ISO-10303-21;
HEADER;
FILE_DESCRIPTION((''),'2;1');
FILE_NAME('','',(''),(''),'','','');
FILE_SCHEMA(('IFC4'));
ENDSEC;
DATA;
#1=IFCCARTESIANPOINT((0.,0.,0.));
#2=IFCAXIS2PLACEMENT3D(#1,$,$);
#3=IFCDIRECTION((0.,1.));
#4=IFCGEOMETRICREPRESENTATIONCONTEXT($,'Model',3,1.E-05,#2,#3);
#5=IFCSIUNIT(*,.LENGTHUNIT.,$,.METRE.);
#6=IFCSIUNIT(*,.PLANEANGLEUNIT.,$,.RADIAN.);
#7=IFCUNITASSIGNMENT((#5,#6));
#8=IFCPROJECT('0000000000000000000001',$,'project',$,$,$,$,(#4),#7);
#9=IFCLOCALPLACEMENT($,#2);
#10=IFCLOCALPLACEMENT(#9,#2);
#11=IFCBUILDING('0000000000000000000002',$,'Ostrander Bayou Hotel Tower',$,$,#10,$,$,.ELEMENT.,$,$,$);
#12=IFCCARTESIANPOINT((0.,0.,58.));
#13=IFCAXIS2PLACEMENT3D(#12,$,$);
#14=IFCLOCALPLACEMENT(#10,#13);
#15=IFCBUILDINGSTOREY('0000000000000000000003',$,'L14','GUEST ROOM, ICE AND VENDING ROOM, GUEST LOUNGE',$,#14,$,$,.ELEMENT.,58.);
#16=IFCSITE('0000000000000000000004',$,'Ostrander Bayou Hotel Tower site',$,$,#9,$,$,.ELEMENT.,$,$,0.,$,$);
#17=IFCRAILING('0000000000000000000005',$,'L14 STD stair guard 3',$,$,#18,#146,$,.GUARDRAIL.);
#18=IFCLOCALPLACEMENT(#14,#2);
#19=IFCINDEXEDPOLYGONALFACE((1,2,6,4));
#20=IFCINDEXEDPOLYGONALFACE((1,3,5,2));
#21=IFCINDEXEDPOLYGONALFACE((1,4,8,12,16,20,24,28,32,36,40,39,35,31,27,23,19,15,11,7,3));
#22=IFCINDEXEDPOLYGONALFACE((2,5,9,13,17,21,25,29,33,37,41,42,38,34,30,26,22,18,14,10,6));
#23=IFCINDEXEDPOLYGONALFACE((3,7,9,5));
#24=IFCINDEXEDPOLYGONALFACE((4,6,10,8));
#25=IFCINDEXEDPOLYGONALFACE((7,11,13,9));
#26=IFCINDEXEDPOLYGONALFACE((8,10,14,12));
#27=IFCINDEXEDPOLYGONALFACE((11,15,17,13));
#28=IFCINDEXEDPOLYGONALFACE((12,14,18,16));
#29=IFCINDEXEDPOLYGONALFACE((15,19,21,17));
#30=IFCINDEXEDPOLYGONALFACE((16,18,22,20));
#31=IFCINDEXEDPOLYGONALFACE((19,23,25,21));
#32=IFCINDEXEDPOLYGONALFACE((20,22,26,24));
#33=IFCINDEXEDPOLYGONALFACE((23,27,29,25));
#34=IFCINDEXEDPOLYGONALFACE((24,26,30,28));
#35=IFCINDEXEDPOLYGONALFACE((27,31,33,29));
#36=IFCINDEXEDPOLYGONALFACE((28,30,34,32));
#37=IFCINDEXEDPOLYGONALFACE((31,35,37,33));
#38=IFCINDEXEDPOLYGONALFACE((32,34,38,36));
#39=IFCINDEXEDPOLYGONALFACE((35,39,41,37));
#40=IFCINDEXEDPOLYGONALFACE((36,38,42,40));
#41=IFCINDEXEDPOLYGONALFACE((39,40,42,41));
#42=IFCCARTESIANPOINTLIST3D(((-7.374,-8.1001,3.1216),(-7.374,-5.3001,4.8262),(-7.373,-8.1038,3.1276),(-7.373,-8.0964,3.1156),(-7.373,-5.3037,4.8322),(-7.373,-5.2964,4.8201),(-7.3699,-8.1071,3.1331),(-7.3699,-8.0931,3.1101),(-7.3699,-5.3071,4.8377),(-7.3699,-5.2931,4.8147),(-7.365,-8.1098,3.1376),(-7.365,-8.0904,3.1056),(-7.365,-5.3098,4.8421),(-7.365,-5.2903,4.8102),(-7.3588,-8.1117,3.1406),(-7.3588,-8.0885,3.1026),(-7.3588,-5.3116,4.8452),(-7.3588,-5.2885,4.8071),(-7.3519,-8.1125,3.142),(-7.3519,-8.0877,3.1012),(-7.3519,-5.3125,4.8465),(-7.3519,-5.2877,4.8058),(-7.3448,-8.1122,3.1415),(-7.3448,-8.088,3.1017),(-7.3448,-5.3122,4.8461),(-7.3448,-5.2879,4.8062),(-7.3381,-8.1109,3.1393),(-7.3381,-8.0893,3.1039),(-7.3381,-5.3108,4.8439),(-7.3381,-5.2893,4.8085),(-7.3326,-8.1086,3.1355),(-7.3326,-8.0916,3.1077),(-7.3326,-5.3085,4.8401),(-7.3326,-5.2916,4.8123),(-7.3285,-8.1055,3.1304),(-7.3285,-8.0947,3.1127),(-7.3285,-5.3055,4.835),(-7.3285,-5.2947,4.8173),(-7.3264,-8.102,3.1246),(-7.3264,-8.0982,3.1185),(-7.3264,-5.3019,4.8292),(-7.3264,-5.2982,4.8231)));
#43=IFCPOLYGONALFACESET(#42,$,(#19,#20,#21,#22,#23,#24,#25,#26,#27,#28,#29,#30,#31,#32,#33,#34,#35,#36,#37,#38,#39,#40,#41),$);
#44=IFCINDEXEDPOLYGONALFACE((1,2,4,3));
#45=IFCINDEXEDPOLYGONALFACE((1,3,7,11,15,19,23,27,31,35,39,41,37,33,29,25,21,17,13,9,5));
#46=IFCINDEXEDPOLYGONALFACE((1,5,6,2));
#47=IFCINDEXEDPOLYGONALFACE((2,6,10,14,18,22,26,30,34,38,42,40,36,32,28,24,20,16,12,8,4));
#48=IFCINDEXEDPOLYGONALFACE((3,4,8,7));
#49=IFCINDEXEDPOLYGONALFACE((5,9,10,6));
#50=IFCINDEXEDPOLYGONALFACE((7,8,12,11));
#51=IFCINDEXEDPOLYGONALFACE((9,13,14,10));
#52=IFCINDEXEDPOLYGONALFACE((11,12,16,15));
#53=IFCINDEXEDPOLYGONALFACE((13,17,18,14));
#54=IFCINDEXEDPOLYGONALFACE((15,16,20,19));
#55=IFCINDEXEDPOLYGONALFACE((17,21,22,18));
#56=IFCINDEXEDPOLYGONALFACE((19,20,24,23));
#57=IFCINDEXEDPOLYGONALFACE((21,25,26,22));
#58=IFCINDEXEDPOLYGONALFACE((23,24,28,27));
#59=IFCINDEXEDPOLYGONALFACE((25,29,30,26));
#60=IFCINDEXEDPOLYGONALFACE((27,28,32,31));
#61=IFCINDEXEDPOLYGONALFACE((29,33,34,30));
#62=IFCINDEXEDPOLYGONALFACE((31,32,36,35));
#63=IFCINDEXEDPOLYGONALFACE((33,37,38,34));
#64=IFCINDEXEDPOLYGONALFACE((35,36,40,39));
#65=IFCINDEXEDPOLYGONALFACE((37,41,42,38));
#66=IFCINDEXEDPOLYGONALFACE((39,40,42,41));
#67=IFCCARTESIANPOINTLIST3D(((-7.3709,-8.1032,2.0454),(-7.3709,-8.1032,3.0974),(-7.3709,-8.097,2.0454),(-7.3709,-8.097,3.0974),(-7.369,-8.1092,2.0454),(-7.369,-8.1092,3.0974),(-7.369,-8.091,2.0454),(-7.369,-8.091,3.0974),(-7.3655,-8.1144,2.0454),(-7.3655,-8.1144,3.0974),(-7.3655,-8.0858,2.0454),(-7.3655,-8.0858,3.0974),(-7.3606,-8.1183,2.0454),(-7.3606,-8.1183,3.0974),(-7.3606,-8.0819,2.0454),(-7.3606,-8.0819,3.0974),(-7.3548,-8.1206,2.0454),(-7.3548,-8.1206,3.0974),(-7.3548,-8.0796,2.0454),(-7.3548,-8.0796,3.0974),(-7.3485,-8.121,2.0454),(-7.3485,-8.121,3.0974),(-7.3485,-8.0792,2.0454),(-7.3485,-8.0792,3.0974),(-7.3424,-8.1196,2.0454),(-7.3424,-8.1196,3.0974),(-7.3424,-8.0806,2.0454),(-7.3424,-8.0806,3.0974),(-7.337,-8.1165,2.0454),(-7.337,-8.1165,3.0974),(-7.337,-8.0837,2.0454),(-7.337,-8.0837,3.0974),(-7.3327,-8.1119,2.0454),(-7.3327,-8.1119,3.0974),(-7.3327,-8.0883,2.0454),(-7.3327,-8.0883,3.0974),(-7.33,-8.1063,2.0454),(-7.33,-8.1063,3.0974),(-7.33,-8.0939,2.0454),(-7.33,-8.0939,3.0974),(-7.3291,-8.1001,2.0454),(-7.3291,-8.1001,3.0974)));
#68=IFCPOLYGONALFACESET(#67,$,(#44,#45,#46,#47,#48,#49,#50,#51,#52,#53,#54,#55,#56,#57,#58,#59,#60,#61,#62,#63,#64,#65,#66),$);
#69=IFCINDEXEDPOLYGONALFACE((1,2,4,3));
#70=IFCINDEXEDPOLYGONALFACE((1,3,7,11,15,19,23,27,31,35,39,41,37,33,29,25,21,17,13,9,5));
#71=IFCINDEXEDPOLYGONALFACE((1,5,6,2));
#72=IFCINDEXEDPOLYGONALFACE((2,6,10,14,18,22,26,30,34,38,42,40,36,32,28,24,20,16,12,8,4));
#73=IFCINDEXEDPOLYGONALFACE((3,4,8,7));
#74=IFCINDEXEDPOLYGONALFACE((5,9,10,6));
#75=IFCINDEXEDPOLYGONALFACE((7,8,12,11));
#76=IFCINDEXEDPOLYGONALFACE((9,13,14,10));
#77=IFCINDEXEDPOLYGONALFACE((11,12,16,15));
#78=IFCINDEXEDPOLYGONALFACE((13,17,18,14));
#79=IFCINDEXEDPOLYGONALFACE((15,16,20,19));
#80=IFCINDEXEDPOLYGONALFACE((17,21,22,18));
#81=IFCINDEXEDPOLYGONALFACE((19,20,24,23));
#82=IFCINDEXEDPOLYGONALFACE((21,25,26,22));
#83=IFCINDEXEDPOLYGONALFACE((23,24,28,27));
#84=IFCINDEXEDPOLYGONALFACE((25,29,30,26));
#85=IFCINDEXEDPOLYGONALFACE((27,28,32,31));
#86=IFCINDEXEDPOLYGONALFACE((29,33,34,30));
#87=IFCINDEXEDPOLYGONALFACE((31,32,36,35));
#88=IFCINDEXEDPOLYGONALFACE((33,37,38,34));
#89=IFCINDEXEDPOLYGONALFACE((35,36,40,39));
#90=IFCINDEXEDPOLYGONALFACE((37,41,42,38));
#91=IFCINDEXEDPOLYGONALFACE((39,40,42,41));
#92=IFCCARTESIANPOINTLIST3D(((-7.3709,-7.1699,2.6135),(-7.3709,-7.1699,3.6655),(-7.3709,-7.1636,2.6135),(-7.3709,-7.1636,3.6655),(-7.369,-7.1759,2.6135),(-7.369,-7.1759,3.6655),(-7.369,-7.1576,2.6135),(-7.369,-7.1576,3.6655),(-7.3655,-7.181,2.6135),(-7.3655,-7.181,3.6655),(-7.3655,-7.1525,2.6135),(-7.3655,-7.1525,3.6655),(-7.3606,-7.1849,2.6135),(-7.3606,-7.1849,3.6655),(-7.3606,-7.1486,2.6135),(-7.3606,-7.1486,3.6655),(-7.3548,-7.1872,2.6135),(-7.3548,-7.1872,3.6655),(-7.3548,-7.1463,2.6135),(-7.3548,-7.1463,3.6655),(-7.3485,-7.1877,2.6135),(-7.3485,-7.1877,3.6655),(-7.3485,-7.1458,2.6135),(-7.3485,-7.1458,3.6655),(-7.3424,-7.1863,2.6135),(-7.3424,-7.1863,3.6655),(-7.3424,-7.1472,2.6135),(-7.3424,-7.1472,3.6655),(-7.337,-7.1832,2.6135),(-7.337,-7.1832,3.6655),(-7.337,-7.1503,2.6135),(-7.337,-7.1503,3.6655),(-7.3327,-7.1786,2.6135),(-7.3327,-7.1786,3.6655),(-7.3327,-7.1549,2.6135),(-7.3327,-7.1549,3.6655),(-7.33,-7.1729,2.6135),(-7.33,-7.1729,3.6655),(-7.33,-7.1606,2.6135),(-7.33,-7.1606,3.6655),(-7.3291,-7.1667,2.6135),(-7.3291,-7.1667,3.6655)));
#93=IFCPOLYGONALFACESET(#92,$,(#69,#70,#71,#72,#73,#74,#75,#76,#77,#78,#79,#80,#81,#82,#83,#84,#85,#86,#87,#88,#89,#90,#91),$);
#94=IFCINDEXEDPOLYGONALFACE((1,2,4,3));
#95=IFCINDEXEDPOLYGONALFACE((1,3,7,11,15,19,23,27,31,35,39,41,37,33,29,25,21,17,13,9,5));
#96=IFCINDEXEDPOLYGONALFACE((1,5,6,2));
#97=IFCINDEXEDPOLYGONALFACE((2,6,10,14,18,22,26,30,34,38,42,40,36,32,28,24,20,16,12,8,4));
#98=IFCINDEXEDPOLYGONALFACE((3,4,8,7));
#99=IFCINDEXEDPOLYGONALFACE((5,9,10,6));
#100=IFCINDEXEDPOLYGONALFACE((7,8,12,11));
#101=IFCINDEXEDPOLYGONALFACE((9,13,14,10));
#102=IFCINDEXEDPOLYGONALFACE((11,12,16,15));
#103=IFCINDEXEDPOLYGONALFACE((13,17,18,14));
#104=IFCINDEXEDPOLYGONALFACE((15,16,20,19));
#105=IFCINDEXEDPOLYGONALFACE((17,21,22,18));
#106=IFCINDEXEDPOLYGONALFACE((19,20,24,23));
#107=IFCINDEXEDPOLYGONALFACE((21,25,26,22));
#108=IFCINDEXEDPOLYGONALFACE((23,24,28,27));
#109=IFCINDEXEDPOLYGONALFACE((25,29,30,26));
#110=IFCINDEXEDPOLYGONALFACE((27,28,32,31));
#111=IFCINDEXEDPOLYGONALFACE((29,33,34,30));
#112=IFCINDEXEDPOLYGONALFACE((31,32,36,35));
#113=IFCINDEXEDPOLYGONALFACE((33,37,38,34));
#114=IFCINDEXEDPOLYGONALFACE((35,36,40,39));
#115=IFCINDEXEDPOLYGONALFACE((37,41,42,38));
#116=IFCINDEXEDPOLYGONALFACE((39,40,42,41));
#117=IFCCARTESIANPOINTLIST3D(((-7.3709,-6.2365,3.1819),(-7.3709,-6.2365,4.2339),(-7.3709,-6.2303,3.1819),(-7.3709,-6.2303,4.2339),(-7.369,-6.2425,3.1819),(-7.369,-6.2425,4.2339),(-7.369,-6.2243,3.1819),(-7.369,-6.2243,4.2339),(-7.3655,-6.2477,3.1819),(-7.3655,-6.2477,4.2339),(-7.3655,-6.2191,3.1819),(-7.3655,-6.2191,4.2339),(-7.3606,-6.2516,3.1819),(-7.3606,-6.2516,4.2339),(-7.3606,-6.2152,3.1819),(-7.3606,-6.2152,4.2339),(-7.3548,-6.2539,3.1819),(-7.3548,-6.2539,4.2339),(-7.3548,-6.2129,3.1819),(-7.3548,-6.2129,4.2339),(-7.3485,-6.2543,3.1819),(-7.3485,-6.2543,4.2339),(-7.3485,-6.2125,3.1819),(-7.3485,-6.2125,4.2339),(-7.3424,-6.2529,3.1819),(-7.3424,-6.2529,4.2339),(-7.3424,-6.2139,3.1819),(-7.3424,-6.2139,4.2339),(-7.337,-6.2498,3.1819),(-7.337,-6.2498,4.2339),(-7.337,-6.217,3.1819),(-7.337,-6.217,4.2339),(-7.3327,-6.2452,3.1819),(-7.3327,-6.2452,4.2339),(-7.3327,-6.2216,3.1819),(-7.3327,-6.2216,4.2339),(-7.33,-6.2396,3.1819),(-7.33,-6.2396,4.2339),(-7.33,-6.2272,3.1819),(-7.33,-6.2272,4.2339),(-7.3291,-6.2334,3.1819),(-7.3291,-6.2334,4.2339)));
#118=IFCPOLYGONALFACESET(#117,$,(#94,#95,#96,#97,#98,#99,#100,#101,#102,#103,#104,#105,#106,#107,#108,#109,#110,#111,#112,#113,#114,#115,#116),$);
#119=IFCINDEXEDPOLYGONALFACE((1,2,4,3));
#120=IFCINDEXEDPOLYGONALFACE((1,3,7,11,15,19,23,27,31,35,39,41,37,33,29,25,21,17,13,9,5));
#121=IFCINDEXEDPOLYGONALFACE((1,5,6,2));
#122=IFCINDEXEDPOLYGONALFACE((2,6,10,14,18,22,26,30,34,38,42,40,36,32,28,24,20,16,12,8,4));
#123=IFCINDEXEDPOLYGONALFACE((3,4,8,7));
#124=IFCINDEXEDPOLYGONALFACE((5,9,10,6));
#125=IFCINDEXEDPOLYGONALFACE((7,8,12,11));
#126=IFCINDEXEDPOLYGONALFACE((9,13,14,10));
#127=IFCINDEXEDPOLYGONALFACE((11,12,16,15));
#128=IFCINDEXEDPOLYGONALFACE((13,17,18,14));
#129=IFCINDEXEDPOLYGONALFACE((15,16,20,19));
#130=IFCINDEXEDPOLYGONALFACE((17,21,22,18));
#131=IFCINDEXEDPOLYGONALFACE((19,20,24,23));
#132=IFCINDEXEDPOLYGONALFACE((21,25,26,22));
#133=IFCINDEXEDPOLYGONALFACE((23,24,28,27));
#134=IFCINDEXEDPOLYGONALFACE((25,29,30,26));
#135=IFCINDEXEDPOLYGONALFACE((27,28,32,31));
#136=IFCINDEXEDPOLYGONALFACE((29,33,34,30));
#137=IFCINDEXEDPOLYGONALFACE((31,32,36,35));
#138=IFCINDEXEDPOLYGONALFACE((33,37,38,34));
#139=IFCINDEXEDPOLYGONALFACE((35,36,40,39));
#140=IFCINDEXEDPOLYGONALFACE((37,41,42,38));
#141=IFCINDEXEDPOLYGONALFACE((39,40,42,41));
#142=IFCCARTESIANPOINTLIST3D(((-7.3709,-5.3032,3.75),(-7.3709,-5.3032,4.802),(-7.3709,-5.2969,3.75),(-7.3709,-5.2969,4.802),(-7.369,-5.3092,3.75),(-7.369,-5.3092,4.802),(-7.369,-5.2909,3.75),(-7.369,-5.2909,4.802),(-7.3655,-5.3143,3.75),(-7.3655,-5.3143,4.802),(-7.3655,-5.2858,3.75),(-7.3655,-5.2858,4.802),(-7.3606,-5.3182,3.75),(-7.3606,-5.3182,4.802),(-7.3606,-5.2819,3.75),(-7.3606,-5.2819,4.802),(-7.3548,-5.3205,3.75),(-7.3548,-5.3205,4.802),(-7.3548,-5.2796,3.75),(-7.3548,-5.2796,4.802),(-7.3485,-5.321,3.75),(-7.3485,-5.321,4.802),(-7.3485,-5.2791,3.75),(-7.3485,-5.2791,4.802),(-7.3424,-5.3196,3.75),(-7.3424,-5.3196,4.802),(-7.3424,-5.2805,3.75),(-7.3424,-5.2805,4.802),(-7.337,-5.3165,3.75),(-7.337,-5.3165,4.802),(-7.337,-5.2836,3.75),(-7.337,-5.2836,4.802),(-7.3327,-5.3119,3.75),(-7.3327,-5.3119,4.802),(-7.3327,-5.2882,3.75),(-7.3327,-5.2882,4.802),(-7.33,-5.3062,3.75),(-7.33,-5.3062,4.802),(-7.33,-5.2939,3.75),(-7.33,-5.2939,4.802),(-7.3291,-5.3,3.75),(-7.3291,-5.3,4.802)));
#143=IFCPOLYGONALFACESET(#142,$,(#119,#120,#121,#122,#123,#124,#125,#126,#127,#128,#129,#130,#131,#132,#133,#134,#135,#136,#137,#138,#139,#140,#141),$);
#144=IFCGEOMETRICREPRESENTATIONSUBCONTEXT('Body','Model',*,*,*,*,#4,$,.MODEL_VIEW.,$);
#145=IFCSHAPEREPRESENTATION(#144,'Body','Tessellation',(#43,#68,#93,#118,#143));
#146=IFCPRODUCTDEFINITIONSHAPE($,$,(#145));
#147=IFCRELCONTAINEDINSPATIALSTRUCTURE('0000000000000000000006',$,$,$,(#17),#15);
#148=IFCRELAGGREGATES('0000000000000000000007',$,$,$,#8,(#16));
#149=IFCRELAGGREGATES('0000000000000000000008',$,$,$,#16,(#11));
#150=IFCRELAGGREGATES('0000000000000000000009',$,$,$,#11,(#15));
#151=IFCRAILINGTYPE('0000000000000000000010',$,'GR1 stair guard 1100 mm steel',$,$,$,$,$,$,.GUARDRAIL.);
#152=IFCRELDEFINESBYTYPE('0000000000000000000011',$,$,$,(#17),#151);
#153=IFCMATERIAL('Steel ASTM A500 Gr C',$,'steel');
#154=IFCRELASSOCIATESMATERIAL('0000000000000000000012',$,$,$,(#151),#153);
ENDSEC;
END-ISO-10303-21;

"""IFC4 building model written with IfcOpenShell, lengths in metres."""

from ifc_helpers import new_model, si_unit, direction, frame, origin, origin_2d, place, context, subcontext, project, spatial, circle, extrude, material, type_object, element, save


model = new_model("IFC4")

# Units and contexts
model_context = context("Model", 3, precision=1e-05, world=origin(), true_north=direction((0.0, 1.0)))
body_context = subcontext(model_context, "Body", "Model", "MODEL_VIEW")
ifc_project = project(units=[si_unit("LENGTHUNIT", "METRE"), si_unit("PLANEANGLEUNIT", "RADIAN")], contexts=[model_context])

# Site, building, storey
site_placement = place(None, origin())
site = spatial("IfcSite", under=ifc_project, at=site_placement, Name="Ostrander Bayou Hotel Tower site", CompositionType="ELEMENT", RefElevation=0.0)
building_placement = place(site_placement, origin())
building = spatial("IfcBuilding", under=site, at=building_placement, Name="Ostrander Bayou Hotel Tower", CompositionType="ELEMENT")
storey_placement = place(building_placement, frame((0.0, 0.0, 58.0)))
storey = spatial("IfcBuildingStorey", under=building, at=storey_placement, Name="L14", Description="GUEST ROOM, ICE AND VENDING ROOM, GUEST LOUNGE", CompositionType="ELEMENT", Elevation=58.0)

# Railing
ifc_material_1 = material(Name="Steel ASTM A500 Gr C", Category="steel")
railing_type_1 = type_object("IfcRailingType", Name="GR1 stair guard 1100 mm steel", PredefinedType="GUARDRAIL", material=ifc_material_1)
railing_1_placement = place(storey_placement, frame((-7.3501, -8.1001, 2.0454)))
element("IfcRailing", 1, at=railing_1_placement, inside=storey, type_object=railing_type_1, Name="L14 STD stair guard 3", PredefinedType="GUARDRAIL", context=body_context, shape_type="SweptSolid", body=[
    extrude(circle(Radius=0.0239, at=origin_2d()), frame((0.0, 0.0, 1.0762), z_axis=(0.0, 0.85417, 0.519994), x_axis=(-1.0, 0.0, 0.0)), (0.0, 0.0, 1.0), 3.2781),
    extrude(circle(Radius=0.021, at=origin_2d()), origin(), (0.0, 0.0, 1.0), 1.052),
    extrude(circle(Radius=0.021, at=origin_2d()), frame((0.0, 0.9333, 0.5681)), (0.0, 0.0, 1.0), 1.052),
    extrude(circle(Radius=0.021, at=origin_2d()), frame((0.0, 1.8667, 1.1365)), (0.0, 0.0, 1.0), 1.052),
    extrude(circle(Radius=0.021, at=origin_2d()), frame((0.0, 2.8, 1.7046)), (0.0, 0.0, 1.0), 1.052),
])

save(model, "model.ifc")
